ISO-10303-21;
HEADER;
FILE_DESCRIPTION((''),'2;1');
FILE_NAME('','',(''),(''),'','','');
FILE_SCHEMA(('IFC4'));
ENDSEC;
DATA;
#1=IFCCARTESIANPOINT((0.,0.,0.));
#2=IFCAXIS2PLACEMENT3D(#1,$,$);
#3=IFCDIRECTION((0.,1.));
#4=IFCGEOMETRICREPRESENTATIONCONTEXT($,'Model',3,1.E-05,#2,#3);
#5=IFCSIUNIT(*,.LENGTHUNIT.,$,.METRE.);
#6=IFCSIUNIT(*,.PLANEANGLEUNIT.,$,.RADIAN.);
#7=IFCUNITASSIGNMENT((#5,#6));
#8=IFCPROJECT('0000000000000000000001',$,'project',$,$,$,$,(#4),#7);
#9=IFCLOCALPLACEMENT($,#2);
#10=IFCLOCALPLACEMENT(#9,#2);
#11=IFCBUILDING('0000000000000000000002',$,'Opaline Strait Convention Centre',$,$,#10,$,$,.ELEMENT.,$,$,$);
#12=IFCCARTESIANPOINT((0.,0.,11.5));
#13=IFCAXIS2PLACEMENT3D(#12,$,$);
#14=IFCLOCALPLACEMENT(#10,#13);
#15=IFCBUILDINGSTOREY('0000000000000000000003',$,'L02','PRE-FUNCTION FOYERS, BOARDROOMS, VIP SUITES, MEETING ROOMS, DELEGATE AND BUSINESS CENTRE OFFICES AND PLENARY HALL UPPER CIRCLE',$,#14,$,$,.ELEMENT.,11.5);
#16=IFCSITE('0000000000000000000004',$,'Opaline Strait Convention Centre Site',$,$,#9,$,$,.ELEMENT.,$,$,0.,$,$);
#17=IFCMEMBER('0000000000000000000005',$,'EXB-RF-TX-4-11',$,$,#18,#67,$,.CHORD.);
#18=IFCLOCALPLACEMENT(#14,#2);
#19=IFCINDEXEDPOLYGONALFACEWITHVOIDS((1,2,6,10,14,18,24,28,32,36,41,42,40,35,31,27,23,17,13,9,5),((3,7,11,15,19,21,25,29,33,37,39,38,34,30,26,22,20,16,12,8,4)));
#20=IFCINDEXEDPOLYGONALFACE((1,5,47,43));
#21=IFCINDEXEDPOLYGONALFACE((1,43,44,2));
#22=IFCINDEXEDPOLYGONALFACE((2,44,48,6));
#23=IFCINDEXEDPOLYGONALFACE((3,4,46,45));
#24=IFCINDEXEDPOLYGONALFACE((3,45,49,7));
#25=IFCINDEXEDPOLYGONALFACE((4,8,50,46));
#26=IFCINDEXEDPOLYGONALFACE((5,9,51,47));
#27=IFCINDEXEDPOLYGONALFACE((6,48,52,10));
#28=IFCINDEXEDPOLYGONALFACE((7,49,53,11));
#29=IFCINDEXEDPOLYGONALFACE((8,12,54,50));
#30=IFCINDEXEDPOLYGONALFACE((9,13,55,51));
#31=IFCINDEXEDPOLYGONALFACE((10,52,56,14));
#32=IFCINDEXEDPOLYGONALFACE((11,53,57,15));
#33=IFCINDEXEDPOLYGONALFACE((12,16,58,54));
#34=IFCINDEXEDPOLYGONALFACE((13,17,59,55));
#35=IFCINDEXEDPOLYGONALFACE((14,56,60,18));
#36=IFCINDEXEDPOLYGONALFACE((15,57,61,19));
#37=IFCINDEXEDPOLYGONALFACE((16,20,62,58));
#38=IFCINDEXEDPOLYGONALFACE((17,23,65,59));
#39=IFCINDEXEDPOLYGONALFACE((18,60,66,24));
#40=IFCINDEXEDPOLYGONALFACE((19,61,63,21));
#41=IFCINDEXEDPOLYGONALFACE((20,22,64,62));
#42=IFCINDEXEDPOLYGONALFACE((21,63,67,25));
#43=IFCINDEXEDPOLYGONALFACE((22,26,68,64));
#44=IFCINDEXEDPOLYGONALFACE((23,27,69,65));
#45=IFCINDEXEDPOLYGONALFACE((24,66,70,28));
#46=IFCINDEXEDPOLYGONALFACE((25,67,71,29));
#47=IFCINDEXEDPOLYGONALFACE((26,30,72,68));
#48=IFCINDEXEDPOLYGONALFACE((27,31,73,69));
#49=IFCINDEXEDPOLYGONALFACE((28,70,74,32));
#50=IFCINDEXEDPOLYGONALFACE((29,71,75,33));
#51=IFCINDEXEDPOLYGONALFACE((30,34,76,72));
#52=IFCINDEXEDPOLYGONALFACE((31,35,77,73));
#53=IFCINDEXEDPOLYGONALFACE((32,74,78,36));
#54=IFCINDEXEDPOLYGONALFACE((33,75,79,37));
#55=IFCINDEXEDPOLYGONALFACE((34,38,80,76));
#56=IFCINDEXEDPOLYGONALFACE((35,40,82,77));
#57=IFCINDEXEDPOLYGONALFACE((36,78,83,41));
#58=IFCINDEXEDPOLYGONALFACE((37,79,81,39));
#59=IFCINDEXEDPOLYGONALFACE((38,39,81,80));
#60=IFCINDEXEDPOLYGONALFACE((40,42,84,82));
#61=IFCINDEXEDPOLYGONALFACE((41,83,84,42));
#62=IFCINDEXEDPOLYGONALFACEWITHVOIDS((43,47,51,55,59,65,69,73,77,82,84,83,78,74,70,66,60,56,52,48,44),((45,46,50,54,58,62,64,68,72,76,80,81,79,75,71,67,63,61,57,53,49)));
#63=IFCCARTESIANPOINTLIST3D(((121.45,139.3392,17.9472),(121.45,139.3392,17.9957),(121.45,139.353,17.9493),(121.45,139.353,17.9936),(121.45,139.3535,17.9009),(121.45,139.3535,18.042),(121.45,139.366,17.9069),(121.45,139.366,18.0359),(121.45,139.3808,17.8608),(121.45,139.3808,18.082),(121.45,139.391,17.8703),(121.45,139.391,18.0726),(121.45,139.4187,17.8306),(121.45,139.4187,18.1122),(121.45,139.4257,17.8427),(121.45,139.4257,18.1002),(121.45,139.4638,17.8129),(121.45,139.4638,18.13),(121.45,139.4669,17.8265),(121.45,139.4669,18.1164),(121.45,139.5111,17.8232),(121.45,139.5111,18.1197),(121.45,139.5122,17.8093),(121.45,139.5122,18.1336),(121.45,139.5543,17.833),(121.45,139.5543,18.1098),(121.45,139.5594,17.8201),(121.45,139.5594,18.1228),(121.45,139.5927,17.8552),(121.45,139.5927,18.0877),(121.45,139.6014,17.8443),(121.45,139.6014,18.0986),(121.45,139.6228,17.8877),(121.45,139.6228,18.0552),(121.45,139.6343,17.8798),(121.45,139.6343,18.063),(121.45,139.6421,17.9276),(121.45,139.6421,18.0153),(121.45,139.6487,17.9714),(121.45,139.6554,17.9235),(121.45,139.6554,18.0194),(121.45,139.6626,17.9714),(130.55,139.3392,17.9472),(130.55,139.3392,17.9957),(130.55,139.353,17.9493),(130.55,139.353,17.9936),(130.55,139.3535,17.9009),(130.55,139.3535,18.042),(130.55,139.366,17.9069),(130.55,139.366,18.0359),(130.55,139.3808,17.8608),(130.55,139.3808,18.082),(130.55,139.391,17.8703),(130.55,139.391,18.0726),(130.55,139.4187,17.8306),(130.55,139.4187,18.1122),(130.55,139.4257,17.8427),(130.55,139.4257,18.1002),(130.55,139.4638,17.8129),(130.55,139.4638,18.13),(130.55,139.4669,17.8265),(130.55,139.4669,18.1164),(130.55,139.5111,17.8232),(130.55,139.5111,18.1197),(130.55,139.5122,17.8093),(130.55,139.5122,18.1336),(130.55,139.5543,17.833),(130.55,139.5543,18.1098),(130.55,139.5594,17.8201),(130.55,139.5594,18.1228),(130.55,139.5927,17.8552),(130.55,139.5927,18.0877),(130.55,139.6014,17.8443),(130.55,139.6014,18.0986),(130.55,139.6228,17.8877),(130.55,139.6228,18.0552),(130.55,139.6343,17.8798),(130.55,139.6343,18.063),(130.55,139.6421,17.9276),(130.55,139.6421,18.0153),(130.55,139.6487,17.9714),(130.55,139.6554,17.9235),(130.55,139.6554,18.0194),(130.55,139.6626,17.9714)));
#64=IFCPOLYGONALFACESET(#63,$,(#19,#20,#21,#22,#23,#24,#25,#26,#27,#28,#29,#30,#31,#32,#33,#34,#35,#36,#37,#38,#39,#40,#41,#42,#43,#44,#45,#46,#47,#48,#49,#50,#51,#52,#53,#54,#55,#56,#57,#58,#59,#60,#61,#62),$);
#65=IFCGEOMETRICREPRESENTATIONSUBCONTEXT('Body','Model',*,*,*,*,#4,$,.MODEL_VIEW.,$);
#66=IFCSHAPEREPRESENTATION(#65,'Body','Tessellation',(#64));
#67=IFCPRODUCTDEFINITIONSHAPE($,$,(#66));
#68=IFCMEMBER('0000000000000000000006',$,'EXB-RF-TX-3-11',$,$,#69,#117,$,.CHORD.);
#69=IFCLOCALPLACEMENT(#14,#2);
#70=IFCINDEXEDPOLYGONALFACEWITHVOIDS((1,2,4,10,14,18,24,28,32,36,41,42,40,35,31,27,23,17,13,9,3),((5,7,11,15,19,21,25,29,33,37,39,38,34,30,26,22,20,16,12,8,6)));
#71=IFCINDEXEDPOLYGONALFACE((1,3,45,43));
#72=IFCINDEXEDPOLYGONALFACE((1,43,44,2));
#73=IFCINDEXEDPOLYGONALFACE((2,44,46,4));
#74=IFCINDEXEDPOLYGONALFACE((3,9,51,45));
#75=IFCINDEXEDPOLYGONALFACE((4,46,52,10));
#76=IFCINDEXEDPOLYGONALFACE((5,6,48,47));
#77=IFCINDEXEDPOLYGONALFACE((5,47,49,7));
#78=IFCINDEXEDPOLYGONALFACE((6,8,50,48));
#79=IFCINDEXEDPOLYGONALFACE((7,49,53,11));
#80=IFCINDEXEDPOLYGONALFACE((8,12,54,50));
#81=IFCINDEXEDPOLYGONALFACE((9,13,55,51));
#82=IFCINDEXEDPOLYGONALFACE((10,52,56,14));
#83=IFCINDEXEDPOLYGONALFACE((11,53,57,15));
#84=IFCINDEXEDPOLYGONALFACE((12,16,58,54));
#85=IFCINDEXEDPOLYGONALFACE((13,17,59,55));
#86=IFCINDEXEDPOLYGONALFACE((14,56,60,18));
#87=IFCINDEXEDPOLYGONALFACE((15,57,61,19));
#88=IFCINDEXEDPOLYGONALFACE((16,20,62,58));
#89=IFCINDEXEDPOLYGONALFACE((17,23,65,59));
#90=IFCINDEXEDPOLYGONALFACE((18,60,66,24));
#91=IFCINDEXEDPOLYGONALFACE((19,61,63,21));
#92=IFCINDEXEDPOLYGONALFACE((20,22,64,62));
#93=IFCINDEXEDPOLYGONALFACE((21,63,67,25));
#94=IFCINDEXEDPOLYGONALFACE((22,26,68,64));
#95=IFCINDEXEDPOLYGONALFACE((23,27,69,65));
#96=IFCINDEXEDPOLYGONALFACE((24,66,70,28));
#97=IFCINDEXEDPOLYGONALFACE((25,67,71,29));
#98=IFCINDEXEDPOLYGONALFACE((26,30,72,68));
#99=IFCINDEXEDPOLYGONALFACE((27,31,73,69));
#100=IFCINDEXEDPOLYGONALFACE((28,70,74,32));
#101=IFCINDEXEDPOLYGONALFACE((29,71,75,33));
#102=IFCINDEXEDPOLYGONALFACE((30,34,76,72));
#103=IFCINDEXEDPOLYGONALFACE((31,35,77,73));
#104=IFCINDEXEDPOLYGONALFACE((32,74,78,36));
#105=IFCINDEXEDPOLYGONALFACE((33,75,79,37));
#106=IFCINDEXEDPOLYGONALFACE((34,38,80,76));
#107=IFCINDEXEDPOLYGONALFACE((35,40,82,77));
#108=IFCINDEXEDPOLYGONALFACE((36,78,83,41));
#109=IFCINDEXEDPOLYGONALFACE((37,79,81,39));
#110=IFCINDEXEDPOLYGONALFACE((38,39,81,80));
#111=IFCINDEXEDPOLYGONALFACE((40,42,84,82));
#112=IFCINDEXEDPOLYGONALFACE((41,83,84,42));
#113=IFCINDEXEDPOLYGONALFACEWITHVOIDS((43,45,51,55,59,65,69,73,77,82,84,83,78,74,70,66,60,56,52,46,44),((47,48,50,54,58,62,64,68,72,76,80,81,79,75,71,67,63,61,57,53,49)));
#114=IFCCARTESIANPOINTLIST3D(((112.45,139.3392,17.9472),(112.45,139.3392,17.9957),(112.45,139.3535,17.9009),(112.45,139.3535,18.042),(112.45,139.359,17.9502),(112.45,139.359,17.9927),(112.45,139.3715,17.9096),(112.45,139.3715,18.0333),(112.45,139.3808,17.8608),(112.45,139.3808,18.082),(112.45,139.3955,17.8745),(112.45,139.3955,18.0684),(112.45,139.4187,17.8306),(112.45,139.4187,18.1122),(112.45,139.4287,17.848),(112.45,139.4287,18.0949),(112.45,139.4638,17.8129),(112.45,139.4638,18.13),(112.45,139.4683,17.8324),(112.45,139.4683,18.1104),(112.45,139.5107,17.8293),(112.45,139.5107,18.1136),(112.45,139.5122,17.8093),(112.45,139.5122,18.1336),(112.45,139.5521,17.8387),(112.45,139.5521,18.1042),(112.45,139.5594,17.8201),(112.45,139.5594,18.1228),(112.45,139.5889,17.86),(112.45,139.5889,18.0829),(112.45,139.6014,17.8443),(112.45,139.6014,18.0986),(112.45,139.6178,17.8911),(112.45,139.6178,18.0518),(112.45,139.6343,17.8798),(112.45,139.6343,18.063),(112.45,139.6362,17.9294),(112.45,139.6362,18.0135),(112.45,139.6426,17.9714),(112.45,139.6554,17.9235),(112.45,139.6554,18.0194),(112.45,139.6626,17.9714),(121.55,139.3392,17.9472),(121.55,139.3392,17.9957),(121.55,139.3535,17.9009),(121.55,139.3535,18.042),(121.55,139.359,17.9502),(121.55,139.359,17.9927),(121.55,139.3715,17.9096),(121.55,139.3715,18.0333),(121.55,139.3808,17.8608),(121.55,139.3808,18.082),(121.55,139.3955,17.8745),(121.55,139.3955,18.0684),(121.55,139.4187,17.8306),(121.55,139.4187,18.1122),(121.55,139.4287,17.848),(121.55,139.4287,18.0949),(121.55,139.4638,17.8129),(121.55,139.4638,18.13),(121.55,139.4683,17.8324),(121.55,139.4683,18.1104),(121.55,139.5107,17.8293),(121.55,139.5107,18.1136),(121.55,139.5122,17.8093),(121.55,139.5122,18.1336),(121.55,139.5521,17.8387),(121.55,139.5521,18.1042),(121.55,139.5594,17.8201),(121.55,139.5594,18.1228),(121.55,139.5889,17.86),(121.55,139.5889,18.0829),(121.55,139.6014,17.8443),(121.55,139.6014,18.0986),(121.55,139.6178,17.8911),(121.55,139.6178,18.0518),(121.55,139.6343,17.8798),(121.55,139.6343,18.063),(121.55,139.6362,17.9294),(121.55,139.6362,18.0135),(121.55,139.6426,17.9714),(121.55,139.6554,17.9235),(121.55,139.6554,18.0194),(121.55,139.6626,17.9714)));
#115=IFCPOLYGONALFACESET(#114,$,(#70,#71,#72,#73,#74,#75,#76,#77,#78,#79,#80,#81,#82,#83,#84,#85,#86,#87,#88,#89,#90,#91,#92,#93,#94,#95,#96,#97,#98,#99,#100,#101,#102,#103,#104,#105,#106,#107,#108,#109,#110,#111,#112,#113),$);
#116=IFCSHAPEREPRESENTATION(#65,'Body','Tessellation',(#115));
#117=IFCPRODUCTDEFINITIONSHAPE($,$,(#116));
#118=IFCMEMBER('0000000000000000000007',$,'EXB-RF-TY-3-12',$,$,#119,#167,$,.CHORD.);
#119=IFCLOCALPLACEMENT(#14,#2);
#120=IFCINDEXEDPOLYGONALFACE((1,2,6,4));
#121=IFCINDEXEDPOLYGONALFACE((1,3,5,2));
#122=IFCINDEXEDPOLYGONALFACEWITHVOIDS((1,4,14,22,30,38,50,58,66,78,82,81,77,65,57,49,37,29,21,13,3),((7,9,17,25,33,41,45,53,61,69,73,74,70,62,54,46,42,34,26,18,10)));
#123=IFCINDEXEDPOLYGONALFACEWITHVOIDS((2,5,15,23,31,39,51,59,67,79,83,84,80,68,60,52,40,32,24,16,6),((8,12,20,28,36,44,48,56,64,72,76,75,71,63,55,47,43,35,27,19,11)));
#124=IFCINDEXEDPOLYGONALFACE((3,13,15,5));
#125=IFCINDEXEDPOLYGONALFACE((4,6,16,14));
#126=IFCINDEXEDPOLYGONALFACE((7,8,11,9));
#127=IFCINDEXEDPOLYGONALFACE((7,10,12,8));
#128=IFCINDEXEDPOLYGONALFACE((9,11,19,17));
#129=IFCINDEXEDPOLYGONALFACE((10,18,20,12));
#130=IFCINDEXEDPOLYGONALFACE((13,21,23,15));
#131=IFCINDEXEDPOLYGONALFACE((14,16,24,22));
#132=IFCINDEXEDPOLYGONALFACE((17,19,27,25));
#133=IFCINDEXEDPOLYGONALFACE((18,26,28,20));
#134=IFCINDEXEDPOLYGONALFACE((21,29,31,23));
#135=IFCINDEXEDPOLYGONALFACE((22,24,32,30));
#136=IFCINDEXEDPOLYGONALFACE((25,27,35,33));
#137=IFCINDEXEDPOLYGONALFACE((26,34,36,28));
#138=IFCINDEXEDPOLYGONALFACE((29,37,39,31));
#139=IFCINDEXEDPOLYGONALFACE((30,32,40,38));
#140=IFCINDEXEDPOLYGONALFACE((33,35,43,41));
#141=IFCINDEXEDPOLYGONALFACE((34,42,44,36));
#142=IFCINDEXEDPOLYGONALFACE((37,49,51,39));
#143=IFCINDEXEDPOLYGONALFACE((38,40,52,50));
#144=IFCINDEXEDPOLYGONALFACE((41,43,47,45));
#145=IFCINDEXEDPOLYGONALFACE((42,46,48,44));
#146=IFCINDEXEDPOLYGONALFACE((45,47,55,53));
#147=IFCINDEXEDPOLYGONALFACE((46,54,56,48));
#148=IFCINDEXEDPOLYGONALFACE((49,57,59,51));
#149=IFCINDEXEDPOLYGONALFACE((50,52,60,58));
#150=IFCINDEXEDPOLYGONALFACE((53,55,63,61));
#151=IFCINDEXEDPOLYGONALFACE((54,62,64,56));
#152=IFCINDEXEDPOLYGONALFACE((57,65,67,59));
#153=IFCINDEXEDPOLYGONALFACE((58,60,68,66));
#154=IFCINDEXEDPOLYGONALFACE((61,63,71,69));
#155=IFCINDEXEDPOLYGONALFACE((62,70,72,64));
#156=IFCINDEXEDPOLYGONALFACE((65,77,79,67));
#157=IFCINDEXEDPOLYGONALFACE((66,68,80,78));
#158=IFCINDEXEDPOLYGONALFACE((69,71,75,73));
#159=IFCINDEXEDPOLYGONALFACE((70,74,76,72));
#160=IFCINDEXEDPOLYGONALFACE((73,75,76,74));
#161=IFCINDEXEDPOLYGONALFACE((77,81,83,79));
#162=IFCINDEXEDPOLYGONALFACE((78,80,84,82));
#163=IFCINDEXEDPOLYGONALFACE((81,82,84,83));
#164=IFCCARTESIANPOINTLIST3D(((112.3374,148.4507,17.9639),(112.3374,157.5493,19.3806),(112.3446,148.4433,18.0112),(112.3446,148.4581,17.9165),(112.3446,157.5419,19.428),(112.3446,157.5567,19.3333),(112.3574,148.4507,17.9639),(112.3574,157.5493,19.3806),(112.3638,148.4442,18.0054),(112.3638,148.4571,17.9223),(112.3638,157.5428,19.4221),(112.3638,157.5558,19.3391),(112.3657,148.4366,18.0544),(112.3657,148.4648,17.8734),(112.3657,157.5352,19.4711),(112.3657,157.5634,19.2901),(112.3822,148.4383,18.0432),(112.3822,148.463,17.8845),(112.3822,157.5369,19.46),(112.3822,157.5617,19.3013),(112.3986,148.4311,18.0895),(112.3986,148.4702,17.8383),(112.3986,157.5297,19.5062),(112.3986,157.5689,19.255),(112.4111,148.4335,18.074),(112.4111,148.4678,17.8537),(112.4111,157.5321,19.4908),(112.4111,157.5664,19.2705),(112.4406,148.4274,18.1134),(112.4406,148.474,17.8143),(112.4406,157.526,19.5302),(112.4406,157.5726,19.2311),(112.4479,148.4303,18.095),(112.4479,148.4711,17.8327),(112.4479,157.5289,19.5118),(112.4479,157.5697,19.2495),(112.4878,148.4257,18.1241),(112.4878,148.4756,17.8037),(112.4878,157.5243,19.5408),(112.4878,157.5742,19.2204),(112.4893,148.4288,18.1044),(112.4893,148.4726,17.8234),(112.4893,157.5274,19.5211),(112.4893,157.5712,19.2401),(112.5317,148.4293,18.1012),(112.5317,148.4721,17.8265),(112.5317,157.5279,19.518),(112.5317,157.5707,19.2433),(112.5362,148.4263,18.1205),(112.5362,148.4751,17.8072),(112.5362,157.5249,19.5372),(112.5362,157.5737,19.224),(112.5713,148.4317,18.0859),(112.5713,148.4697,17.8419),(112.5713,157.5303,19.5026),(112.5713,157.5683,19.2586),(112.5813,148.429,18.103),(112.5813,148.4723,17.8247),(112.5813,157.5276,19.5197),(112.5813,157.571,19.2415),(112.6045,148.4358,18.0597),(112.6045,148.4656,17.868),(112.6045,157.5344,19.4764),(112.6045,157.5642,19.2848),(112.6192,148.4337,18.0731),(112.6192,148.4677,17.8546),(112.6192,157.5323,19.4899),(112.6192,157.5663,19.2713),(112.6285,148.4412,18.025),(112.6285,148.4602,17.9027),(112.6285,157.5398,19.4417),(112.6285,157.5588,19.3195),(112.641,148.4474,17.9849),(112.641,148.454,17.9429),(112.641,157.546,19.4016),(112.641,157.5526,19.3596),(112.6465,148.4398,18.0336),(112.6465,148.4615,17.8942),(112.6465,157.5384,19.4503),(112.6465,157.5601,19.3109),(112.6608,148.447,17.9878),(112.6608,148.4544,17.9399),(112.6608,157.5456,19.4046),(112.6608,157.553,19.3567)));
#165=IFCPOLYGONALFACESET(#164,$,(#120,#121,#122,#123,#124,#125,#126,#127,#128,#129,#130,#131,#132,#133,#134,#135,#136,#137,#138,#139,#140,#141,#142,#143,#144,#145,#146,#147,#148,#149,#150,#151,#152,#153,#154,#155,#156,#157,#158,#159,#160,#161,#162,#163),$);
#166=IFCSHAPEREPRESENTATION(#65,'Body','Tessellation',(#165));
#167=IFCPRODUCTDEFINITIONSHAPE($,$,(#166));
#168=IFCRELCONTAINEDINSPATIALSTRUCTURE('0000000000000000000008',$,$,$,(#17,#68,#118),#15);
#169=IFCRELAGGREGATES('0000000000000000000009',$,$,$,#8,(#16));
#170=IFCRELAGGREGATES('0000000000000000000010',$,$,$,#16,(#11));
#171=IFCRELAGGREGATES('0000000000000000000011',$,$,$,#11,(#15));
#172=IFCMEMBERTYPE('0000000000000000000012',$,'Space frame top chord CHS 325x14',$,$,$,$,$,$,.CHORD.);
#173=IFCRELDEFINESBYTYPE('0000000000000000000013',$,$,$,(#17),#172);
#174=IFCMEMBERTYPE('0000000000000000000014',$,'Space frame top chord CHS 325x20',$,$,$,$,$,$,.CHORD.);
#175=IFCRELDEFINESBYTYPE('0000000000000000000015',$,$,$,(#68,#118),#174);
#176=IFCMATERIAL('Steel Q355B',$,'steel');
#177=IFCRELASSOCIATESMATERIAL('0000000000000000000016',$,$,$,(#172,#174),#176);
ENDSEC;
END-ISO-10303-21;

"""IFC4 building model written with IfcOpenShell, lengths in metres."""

from ifc_helpers import new_model, si_unit, direction, frame, origin, origin_2d, place, context, subcontext, project, spatial, hollow_circle, extrude, material, material_profile, profile_set, type_object, element, save


model = new_model("IFC4")

# Units and contexts
model_context = context("Model", 3, precision=1e-05, world=origin(), true_north=direction((0.0, 1.0)))
body_context = subcontext(model_context, "Body", "Model", "MODEL_VIEW")
ifc_project = project(units=[si_unit("LENGTHUNIT", "METRE"), si_unit("PLANEANGLEUNIT", "RADIAN")], contexts=[model_context])

# Site, building, storey
site_placement = place(None, origin())
site = spatial("IfcSite", under=ifc_project, at=site_placement, Name="Opaline Strait Convention Centre Site", CompositionType="ELEMENT", RefElevation=0.0)
building_placement = place(site_placement, origin())
building = spatial("IfcBuilding", under=site, at=building_placement, Name="Opaline Strait Convention Centre", CompositionType="ELEMENT")
storey_placement = place(building_placement, frame((0.0, 0.0, 11.5)))
storey = spatial("IfcBuildingStorey", under=building, at=storey_placement, Name="L02", Description="PRE-FUNCTION FOYERS, BOARDROOMS, VIP SUITES, MEETING ROOMS, DELEGATE AND BUSINESS CENTRE OFFICES AND PLENARY HALL UPPER CIRCLE", CompositionType="ELEMENT", Elevation=11.5)

# Members
ifc_material = material(Name="Steel Q355B", Category="steel")
ifc_material_profile_1 = material_profile(ifc_material, hollow_circle(Radius=0.1626, WallThickness=0.0139, at=origin_2d()), Name="CHS 325x14")
ifc_profile_set_1 = profile_set([ifc_material_profile_1], Name="Steel Q355B")
member_type_1 = type_object("IfcMemberType", Name="Space frame top chord CHS 325x14", PredefinedType="CHORD", material=ifc_profile_set_1)
member_1_placement = place(storey_placement, frame((121.45, 139.5, 17.9714), z_axis=(1.0, 0.0, 0.0), x_axis=(0.0, 1.0, 0.0)))
element("IfcMember", 1, at=member_1_placement, inside=storey, type_object=member_type_1, Name="EXB-RF-TX-4-11", PredefinedType="CHORD", context=body_context, shape_type="SweptSolid", body=[
    extrude(hollow_circle(Radius=0.1626, WallThickness=0.0139, at=origin_2d()), origin(), (0.0, 0.0, 1.0), 9.1001),
])
ifc_material_profile_2 = material_profile(ifc_material, hollow_circle(Radius=0.1626, WallThickness=0.02, at=origin_2d()), Name="CHS 325x20")
ifc_profile_set_2 = profile_set([ifc_material_profile_2], Name="Steel Q355B")
member_type_2 = type_object("IfcMemberType", Name="Space frame top chord CHS 325x20", PredefinedType="CHORD", material=ifc_profile_set_2)
member_2_placement = place(storey_placement, frame((112.45, 139.5, 17.9714), z_axis=(1.0, 0.0, 0.0), x_axis=(0.0, 1.0, 0.0)))
element("IfcMember", 2, at=member_2_placement, inside=storey, type_object=member_type_2, Name="EXB-RF-TX-3-11", PredefinedType="CHORD", context=body_context, shape_type="SweptSolid", body=[
    extrude(hollow_circle(Radius=0.1626, WallThickness=0.02, at=origin_2d()), origin(), (0.0, 0.0, 1.0), 9.1001),
])
member_3_placement = place(storey_placement, frame((112.5, 148.4507, 17.9639), z_axis=(0.0, 0.988093, 0.153856), x_axis=(-1.0, 0.0, 0.0)))
element("IfcMember", 3, at=member_3_placement, inside=storey, type_object=member_type_2, Name="EXB-RF-TY-3-12", PredefinedType="CHORD", context=body_context, shape_type="SweptSolid", body=[
    extrude(hollow_circle(Radius=0.1626, WallThickness=0.02, at=origin_2d()), origin(), (0.0, 0.0, 1.0), 9.2083),
])

save(model, "model.ifc")
